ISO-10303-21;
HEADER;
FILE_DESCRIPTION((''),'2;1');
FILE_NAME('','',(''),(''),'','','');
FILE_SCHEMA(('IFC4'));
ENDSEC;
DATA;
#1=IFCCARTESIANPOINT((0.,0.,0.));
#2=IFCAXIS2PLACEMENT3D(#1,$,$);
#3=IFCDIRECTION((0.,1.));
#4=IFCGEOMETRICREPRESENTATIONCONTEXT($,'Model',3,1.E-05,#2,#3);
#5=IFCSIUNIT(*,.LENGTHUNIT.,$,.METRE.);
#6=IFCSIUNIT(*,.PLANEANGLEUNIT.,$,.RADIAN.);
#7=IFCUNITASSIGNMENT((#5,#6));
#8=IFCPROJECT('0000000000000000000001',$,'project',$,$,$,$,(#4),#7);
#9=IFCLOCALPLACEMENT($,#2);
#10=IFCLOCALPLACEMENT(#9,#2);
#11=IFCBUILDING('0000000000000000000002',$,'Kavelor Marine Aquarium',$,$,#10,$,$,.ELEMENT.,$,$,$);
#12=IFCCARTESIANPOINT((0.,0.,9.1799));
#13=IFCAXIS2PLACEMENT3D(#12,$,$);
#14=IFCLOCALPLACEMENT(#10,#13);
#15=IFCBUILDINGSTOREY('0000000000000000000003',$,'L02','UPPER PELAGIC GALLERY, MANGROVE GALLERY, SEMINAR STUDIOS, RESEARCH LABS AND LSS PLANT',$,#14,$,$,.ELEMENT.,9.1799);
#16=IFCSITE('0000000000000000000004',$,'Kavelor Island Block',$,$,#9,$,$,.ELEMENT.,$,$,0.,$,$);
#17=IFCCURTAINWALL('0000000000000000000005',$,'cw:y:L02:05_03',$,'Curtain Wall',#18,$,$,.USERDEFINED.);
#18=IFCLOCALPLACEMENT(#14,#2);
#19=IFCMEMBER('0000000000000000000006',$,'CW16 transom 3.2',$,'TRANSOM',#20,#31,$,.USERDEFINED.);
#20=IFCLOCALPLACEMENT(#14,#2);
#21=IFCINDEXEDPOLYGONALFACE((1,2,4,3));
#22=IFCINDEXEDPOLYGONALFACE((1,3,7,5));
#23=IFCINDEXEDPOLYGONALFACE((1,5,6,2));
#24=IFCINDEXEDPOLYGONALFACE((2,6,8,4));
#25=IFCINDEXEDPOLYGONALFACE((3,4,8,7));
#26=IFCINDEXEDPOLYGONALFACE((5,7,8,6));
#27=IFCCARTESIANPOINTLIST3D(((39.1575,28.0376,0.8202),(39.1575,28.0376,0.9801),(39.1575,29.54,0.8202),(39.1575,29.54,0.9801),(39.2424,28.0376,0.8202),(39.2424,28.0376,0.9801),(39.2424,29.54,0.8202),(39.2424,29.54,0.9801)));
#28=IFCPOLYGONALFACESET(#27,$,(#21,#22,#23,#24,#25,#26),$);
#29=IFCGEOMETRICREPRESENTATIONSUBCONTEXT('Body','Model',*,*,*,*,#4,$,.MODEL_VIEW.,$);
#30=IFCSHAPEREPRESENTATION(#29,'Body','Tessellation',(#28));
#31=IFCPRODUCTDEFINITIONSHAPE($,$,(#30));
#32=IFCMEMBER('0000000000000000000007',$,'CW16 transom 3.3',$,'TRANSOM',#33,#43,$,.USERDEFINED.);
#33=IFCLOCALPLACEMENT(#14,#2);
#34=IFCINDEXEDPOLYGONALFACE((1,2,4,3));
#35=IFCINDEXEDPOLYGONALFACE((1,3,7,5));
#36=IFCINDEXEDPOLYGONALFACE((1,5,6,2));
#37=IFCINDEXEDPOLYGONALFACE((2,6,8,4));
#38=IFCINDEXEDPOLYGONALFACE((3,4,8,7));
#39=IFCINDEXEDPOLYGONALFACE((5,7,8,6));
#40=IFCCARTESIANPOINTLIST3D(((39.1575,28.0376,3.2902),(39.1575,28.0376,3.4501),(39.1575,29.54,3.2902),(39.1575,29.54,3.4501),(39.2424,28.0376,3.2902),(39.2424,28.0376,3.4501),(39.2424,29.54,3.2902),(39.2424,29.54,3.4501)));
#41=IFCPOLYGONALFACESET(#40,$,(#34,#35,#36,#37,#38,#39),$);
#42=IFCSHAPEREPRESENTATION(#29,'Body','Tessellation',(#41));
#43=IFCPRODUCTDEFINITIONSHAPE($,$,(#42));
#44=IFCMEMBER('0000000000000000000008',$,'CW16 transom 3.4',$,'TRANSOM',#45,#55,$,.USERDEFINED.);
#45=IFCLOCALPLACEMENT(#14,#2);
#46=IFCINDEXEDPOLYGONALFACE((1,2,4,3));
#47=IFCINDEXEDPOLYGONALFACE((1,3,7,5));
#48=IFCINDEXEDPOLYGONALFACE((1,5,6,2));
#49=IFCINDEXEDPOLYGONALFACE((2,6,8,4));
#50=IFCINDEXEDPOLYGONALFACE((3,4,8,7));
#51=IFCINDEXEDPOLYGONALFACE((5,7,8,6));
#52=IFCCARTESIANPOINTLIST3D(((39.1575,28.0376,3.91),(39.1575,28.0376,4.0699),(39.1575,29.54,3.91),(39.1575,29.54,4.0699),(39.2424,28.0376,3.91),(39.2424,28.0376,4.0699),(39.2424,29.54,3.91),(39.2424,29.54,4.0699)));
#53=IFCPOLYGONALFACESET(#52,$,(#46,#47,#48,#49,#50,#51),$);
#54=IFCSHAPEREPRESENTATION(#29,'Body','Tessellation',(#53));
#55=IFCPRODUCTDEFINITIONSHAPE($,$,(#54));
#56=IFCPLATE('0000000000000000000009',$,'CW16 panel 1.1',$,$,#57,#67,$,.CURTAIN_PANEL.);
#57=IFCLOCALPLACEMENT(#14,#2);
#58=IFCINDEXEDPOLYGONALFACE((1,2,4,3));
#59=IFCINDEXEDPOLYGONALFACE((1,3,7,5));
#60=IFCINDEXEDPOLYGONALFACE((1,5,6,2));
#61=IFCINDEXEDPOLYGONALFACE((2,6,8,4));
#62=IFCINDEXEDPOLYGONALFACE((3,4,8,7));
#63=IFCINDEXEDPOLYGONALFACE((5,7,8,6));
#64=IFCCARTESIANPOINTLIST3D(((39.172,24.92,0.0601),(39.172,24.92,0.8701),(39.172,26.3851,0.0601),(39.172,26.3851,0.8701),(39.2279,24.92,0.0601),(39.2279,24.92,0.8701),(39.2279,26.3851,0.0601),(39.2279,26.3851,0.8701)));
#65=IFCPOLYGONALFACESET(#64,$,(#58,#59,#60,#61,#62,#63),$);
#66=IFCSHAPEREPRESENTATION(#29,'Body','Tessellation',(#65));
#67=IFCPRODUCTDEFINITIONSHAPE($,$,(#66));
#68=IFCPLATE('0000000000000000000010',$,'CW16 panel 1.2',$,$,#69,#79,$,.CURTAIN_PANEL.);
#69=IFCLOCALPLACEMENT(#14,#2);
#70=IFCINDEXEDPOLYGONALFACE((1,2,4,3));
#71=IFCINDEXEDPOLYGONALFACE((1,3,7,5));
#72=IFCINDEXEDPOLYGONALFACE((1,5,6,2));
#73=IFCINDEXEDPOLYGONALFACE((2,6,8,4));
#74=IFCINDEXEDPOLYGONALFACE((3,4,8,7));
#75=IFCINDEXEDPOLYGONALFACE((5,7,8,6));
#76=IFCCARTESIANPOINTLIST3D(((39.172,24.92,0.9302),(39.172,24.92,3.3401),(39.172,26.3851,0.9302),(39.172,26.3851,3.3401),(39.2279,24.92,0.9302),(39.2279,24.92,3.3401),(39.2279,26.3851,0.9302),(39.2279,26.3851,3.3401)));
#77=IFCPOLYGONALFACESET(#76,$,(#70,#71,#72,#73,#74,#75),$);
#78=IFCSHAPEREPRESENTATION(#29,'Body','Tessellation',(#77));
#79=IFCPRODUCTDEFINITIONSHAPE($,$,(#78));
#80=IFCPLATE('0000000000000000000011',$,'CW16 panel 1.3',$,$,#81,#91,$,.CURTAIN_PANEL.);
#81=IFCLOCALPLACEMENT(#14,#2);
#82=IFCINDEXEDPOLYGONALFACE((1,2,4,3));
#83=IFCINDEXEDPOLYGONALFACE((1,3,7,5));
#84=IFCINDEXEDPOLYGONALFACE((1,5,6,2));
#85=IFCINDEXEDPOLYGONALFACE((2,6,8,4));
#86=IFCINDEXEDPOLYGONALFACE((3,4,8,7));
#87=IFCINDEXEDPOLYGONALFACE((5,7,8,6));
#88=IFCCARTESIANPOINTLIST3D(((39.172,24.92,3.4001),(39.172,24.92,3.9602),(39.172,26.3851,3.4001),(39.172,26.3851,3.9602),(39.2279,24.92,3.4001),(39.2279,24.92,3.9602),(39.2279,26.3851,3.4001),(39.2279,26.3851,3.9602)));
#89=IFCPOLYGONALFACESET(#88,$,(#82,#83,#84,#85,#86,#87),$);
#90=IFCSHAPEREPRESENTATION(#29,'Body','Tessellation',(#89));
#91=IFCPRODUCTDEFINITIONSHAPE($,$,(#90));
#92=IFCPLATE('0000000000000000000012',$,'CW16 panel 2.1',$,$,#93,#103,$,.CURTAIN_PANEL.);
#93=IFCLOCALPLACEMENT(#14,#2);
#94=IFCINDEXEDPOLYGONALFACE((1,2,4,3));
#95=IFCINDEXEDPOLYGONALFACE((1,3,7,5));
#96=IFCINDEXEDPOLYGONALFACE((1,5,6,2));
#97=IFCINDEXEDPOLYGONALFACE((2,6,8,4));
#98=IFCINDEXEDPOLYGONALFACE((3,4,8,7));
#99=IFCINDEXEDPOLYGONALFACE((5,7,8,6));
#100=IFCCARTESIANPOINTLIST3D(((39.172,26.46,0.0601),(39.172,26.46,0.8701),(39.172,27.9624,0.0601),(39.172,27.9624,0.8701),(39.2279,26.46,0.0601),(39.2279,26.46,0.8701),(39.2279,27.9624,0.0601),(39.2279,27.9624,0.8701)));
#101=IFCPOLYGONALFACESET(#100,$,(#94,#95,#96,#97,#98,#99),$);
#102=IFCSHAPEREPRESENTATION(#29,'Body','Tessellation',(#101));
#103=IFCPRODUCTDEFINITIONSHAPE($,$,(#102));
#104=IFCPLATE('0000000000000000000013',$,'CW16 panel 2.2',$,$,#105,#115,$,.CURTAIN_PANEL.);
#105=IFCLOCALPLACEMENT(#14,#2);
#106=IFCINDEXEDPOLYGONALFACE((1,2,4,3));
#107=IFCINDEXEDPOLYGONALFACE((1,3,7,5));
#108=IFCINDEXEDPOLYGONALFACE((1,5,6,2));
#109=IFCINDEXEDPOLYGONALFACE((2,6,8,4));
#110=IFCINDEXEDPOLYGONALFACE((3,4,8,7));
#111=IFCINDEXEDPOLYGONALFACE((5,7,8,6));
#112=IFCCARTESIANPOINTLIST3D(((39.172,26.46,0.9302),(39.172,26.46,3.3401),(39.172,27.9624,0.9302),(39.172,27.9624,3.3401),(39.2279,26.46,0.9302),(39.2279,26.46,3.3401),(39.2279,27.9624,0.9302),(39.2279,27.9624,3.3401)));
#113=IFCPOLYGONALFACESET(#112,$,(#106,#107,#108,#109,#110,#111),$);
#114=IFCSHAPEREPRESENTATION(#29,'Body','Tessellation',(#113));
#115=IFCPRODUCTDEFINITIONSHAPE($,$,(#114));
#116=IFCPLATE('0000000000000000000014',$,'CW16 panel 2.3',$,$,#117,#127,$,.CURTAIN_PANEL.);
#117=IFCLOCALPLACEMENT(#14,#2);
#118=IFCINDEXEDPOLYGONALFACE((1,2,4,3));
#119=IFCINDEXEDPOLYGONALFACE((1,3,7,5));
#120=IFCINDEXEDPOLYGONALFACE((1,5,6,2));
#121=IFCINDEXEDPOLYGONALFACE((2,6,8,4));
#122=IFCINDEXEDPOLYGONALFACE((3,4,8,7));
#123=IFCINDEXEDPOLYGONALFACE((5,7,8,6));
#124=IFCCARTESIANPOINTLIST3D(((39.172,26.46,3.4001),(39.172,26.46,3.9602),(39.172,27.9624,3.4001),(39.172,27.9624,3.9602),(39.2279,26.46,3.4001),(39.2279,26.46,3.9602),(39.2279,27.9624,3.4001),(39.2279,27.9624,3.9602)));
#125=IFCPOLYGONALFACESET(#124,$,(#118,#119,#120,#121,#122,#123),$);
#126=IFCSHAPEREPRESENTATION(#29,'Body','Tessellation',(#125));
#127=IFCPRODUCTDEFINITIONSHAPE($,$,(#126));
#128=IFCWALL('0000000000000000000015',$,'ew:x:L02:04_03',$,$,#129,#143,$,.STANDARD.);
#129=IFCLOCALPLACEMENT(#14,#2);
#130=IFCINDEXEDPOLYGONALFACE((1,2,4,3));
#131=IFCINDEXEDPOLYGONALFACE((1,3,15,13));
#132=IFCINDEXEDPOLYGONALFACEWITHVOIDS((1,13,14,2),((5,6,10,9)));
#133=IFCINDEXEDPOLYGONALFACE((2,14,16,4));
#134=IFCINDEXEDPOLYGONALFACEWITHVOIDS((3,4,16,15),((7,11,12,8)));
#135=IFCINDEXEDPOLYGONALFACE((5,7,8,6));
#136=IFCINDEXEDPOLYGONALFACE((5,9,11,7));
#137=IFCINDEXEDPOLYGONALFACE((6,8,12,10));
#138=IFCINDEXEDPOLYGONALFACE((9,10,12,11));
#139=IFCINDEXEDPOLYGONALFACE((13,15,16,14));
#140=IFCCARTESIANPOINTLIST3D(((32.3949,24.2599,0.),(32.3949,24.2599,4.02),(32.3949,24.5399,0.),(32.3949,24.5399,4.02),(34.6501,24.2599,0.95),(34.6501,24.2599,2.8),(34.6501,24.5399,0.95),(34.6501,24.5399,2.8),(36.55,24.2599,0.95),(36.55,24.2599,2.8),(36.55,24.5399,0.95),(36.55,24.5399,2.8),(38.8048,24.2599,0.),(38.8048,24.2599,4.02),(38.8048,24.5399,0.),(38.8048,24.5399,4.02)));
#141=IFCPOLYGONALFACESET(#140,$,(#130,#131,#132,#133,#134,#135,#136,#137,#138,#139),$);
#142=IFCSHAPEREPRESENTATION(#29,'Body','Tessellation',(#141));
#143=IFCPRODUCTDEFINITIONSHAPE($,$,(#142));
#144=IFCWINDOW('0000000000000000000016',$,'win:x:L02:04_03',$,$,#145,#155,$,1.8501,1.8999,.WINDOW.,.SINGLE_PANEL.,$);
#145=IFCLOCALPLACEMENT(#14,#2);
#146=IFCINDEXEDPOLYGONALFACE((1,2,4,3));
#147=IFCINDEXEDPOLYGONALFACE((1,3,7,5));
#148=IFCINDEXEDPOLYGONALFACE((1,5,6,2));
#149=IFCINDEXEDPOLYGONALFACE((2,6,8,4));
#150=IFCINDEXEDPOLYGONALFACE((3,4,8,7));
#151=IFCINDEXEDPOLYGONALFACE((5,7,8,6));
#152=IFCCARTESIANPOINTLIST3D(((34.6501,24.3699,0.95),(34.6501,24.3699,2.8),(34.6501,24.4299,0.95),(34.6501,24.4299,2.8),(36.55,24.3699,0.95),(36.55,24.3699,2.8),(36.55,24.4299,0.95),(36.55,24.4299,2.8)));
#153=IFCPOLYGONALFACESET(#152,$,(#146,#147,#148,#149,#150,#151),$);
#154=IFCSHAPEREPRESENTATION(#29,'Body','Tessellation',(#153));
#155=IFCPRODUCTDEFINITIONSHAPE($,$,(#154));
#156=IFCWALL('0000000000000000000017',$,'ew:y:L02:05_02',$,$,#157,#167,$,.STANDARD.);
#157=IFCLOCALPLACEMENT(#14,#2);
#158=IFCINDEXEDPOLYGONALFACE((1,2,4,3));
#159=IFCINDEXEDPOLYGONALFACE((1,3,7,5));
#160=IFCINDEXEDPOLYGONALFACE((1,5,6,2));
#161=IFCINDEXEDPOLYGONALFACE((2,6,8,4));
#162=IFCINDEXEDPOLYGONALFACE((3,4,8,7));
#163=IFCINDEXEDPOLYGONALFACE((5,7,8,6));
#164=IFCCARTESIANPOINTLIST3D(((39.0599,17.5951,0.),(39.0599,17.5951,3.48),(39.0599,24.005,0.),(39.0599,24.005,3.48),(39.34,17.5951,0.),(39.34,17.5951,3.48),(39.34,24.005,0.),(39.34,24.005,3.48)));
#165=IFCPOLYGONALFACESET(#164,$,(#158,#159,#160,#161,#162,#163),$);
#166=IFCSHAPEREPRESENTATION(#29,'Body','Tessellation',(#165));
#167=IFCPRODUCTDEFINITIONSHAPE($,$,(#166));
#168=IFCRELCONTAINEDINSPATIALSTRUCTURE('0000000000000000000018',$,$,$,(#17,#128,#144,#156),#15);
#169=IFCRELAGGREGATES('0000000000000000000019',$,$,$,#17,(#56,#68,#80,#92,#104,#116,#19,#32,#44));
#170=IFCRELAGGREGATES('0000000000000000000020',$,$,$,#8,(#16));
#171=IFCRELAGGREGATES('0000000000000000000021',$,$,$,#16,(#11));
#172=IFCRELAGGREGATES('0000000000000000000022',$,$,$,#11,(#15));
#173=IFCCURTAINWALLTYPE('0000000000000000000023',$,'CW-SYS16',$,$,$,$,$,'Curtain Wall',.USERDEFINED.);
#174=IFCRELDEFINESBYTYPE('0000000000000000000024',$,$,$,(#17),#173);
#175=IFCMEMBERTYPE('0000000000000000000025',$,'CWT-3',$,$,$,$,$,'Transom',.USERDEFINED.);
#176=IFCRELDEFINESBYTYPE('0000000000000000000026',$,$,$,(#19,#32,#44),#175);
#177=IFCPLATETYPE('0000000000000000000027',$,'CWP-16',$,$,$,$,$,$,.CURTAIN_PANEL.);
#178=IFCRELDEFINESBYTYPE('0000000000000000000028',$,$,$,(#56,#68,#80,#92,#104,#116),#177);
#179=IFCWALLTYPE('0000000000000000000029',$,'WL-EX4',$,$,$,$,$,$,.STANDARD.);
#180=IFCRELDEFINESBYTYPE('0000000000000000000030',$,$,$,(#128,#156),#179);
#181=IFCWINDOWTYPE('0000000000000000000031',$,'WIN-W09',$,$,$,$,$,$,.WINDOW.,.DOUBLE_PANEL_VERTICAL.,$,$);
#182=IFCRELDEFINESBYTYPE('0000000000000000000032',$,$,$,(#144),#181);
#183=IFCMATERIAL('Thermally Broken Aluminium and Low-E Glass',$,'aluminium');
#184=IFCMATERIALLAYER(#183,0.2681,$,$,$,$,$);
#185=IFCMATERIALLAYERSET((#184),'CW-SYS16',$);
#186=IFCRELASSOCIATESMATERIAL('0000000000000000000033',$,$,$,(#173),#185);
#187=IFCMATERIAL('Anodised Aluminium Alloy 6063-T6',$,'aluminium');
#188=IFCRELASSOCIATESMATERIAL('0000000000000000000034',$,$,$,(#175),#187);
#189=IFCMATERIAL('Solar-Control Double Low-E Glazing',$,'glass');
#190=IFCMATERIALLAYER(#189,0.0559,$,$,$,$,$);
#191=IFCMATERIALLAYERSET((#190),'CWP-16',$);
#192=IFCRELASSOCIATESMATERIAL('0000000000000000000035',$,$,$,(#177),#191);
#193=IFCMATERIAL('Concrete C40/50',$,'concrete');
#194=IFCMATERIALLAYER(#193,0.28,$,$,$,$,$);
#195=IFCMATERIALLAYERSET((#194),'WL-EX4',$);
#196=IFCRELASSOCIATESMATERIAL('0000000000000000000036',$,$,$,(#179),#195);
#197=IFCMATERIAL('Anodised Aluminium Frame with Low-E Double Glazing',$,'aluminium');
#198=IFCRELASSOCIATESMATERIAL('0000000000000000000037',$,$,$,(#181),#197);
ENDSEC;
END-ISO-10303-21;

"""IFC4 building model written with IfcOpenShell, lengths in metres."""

from ifc_helpers import new_model, si_unit, direction, frame, frame_2d, origin, origin_2d, place, context, subcontext, project, spatial, rectangle, extrude, material, layer, layer_set, material_profile, profile_set, type_object, element, fill, aggregate, save


model = new_model("IFC4")

# Units and contexts
model_context = context("Model", 3, precision=1e-05, world=origin(), true_north=direction((0.0, 1.0)))
body_context = subcontext(model_context, "Body", "Model", "MODEL_VIEW")
ifc_project = project(units=[si_unit("LENGTHUNIT", "METRE"), si_unit("PLANEANGLEUNIT", "RADIAN")], contexts=[model_context])

# Site, building, storey
site_placement = place(None, origin())
site = spatial("IfcSite", under=ifc_project, at=site_placement, Name="Kavelor Island Block", CompositionType="ELEMENT", RefElevation=0.0)
building_placement = place(site_placement, origin())
building = spatial("IfcBuilding", under=site, at=building_placement, Name="Kavelor Marine Aquarium", CompositionType="ELEMENT")
storey_placement = place(building_placement, frame((0.0, 0.0, 9.1799)))
storey = spatial("IfcBuildingStorey", under=building, at=storey_placement, Name="L02", Description="UPPER PELAGIC GALLERY, MANGROVE GALLERY, SEMINAR STUDIOS, RESEARCH LABS AND LSS PLANT", CompositionType="ELEMENT", Elevation=9.1799)

# Curtain wall, members, plates
ifc_material_1 = material(Name="Thermally Broken Aluminium and Low-E Glass", Category="aluminium")
ifc_layer_1 = layer(ifc_material_1, 0.2681)
ifc_layer_set_1 = layer_set([ifc_layer_1], Name="CW-SYS16")
curtain_wall_type = type_object("IfcCurtainWallType", Name="CW-SYS16", ElementType="Curtain Wall", PredefinedType="USERDEFINED", material=ifc_layer_set_1)
curtain_wall_placement = place(storey_placement, origin())
curtain_wall = element("IfcCurtainWall", 1, at=curtain_wall_placement, inside=storey, type_object=curtain_wall_type, Name="cw:y:L02:05_03", ObjectType="Curtain Wall", PredefinedType="USERDEFINED")
ifc_material_2 = material(Name="Anodised Aluminium Alloy 6063-T6", Category="aluminium")
ifc_material_profile_1 = material_profile(ifc_material_2, rectangle(XDim=0.085, YDim=0.1599, at=origin_2d()), Name="CW-TRN 85x160")
ifc_profile_set_1 = profile_set([ifc_material_profile_1], Name="Anodised Aluminium Alloy 6063-T6")
member_type_1 = type_object("IfcMemberType", Name="CWT-3", ElementType="Transom", PredefinedType="USERDEFINED", material=ifc_profile_set_1)
member_1_placement = place(storey_placement, frame((39.2, 28.0376, 0.9001), z_axis=(0.0, 1.0, 0.0), x_axis=(-1.0, 0.0, 0.0)))
member_1 = element("IfcMember", 2, at=member_1_placement, type_object=member_type_1, Name="CW16 transom 3.2", ObjectType="TRANSOM", PredefinedType="USERDEFINED", context=body_context, shape_type="SweptSolid", body=[
    extrude(rectangle(XDim=0.085, YDim=0.1599, at=origin_2d()), origin(), (0.0, 0.0, 1.0), 1.5024),
])
member_2_placement = place(storey_placement, frame((39.2, 28.0376, 3.3701), z_axis=(0.0, 1.0, 0.0), x_axis=(-1.0, 0.0, 0.0)))
member_2 = element("IfcMember", 3, at=member_2_placement, type_object=member_type_1, Name="CW16 transom 3.3", ObjectType="TRANSOM", PredefinedType="USERDEFINED", context=body_context, shape_type="SweptSolid", body=[
    extrude(rectangle(XDim=0.085, YDim=0.1599, at=origin_2d()), origin(), (0.0, 0.0, 1.0), 1.5024),
])
member_3_placement = place(storey_placement, frame((39.2, 28.0376, 3.99), z_axis=(0.0, 1.0, 0.0), x_axis=(-1.0, 0.0, 0.0)))
member_3 = element("IfcMember", 4, at=member_3_placement, type_object=member_type_1, Name="CW16 transom 3.4", ObjectType="TRANSOM", PredefinedType="USERDEFINED", context=body_context, shape_type="SweptSolid", body=[
    extrude(rectangle(XDim=0.085, YDim=0.1599, at=origin_2d()), origin(), (0.0, 0.0, 1.0), 1.5024),
])
ifc_material_3 = material(Name="Solar-Control Double Low-E Glazing", Category="glass")
ifc_layer_2 = layer(ifc_material_3, 0.0559)
ifc_layer_set_2 = layer_set([ifc_layer_2], Name="CWP-16")
plate_type = type_object("IfcPlateType", Name="CWP-16", PredefinedType="CURTAIN_PANEL", material=ifc_layer_set_2)
plate_1_placement = place(storey_placement, frame((39.2, 25.6526, 0.0601), z_axis=(0.0, 0.0, 1.0), x_axis=(0.0, 1.0, 0.0)))
plate_1 = element("IfcPlate", 5, at=plate_1_placement, type_object=plate_type, Name="CW16 panel 1.1", PredefinedType="CURTAIN_PANEL", context=body_context, shape_type="SweptSolid", body=[
    extrude(rectangle(XDim=1.4651, YDim=0.0559, at=origin_2d()), origin(), (0.0, 0.0, 1.0), 0.8101),
])
plate_2_placement = place(storey_placement, frame((39.2, 25.6526, 0.9302), z_axis=(0.0, 0.0, 1.0), x_axis=(0.0, 1.0, 0.0)))
plate_2 = element("IfcPlate", 6, at=plate_2_placement, type_object=plate_type, Name="CW16 panel 1.2", PredefinedType="CURTAIN_PANEL", context=body_context, shape_type="SweptSolid", body=[
    extrude(rectangle(XDim=1.4651, YDim=0.0559, at=origin_2d()), origin(), (0.0, 0.0, 1.0), 2.4099),
])
plate_3_placement = place(storey_placement, frame((39.2, 25.6526, 3.4001), z_axis=(0.0, 0.0, 1.0), x_axis=(0.0, 1.0, 0.0)))
plate_3 = element("IfcPlate", 7, at=plate_3_placement, type_object=plate_type, Name="CW16 panel 1.3", PredefinedType="CURTAIN_PANEL", context=body_context, shape_type="SweptSolid", body=[
    extrude(rectangle(XDim=1.4651, YDim=0.0559, at=origin_2d()), origin(), (0.0, 0.0, 1.0), 0.5601),
])
plate_4_placement = place(storey_placement, frame((39.2, 27.2112, 0.0601), z_axis=(0.0, 0.0, 1.0), x_axis=(0.0, 1.0, 0.0)))
plate_4 = element("IfcPlate", 8, at=plate_4_placement, type_object=plate_type, Name="CW16 panel 2.1", PredefinedType="CURTAIN_PANEL", context=body_context, shape_type="SweptSolid", body=[
    extrude(rectangle(XDim=1.5024, YDim=0.0559, at=origin_2d()), origin(), (0.0, 0.0, 1.0), 0.8101),
])
plate_5_placement = place(storey_placement, frame((39.2, 27.2112, 0.9302), z_axis=(0.0, 0.0, 1.0), x_axis=(0.0, 1.0, 0.0)))
plate_5 = element("IfcPlate", 9, at=plate_5_placement, type_object=plate_type, Name="CW16 panel 2.2", PredefinedType="CURTAIN_PANEL", context=body_context, shape_type="SweptSolid", body=[
    extrude(rectangle(XDim=1.5024, YDim=0.0559, at=origin_2d()), origin(), (0.0, 0.0, 1.0), 2.4099),
])
plate_6_placement = place(storey_placement, frame((39.2, 27.2112, 3.4001), z_axis=(0.0, 0.0, 1.0), x_axis=(0.0, 1.0, 0.0)))
plate_6 = element("IfcPlate", 10, at=plate_6_placement, type_object=plate_type, Name="CW16 panel 2.3", PredefinedType="CURTAIN_PANEL", context=body_context, shape_type="SweptSolid", body=[
    extrude(rectangle(XDim=1.5024, YDim=0.0559, at=origin_2d()), origin(), (0.0, 0.0, 1.0), 0.5601),
])
aggregate(curtain_wall, [plate_1, plate_2, plate_3, plate_4, plate_5, plate_6, member_1, member_2, member_3])

# Wall, opening, window
ifc_material_4 = material(Name="Concrete C40/50", Category="concrete")
ifc_layer_3 = layer(ifc_material_4, 0.28)
ifc_layer_set_3 = layer_set([ifc_layer_3], Name="WL-EX4")
wall_type = type_object("IfcWallType", Name="WL-EX4", PredefinedType="STANDARD", material=ifc_layer_set_3)
wall_1_placement = place(storey_placement, frame((38.8049, 24.3999, 0.0), z_axis=(0.0, 0.0, 1.0), x_axis=(-1.0, 0.0, 0.0)))
wall_1 = element("IfcWall", 11, at=wall_1_placement, inside=storey, type_object=wall_type, Name="ew:x:L02:04_03", PredefinedType="STANDARD", context=body_context, shape_type="SweptSolid", body=[
    extrude(rectangle(XDim=6.4099, YDim=0.28, at=frame_2d((3.2051, 0.0))), origin(), (0.0, 0.0, 1.0), 4.02),
])
opening_placement = place(wall_1_placement, frame((2.2549, 0.0, 0.95)))
opening = element("IfcOpeningElement", 12, at=opening_placement, cuts=wall_1, PredefinedType="OPENING", context=body_context, shape_type="SweptSolid", body=[
    extrude(rectangle(XDim=1.8999, YDim=1.8501, at=frame_2d((0.95, 0.925))), frame((0.0, 0.1499, 0.0), z_axis=(0.0, -1.0, 0.0), x_axis=(1.0, 0.0, 0.0)), (0.0, 0.0, 1.0), 0.3),
])
ifc_material_5 = material(Name="Anodised Aluminium Frame with Low-E Double Glazing", Category="aluminium")
window_type = type_object("IfcWindowType", Name="WIN-W09", PartitioningType="DOUBLE_PANEL_VERTICAL", PredefinedType="WINDOW", material=ifc_material_5)
window_placement = place(opening_placement, origin())
window = element("IfcWindow", 13, at=window_placement, inside=storey, type_object=window_type, Name="win:x:L02:04_03", OverallHeight=1.8501, OverallWidth=1.8999, PartitioningType="SINGLE_PANEL", PredefinedType="WINDOW", context=body_context, shape_type="SweptSolid", body=[
    extrude(rectangle(XDim=1.8999, YDim=1.8501, at=frame_2d((0.95, 0.925))), frame((0.0, 0.03, 0.0), z_axis=(0.0, -1.0, 0.0), x_axis=(1.0, 0.0, 0.0)), (0.0, 0.0, 1.0), 0.0601),
])
fill(opening, window)

# Wall
wall_2_placement = place(storey_placement, frame((39.2, 17.595, 0.0), z_axis=(0.0, 0.0, 1.0), x_axis=(0.0, 1.0, 0.0)))
element("IfcWall", 14, at=wall_2_placement, inside=storey, type_object=wall_type, Name="ew:y:L02:05_02", PredefinedType="STANDARD", context=body_context, shape_type="SweptSolid", body=[
    extrude(rectangle(XDim=6.4099, YDim=0.28, at=frame_2d((3.2051, 0.0))), origin(), (0.0, 0.0, 1.0), 3.48),
])

save(model, "model.ifc")
